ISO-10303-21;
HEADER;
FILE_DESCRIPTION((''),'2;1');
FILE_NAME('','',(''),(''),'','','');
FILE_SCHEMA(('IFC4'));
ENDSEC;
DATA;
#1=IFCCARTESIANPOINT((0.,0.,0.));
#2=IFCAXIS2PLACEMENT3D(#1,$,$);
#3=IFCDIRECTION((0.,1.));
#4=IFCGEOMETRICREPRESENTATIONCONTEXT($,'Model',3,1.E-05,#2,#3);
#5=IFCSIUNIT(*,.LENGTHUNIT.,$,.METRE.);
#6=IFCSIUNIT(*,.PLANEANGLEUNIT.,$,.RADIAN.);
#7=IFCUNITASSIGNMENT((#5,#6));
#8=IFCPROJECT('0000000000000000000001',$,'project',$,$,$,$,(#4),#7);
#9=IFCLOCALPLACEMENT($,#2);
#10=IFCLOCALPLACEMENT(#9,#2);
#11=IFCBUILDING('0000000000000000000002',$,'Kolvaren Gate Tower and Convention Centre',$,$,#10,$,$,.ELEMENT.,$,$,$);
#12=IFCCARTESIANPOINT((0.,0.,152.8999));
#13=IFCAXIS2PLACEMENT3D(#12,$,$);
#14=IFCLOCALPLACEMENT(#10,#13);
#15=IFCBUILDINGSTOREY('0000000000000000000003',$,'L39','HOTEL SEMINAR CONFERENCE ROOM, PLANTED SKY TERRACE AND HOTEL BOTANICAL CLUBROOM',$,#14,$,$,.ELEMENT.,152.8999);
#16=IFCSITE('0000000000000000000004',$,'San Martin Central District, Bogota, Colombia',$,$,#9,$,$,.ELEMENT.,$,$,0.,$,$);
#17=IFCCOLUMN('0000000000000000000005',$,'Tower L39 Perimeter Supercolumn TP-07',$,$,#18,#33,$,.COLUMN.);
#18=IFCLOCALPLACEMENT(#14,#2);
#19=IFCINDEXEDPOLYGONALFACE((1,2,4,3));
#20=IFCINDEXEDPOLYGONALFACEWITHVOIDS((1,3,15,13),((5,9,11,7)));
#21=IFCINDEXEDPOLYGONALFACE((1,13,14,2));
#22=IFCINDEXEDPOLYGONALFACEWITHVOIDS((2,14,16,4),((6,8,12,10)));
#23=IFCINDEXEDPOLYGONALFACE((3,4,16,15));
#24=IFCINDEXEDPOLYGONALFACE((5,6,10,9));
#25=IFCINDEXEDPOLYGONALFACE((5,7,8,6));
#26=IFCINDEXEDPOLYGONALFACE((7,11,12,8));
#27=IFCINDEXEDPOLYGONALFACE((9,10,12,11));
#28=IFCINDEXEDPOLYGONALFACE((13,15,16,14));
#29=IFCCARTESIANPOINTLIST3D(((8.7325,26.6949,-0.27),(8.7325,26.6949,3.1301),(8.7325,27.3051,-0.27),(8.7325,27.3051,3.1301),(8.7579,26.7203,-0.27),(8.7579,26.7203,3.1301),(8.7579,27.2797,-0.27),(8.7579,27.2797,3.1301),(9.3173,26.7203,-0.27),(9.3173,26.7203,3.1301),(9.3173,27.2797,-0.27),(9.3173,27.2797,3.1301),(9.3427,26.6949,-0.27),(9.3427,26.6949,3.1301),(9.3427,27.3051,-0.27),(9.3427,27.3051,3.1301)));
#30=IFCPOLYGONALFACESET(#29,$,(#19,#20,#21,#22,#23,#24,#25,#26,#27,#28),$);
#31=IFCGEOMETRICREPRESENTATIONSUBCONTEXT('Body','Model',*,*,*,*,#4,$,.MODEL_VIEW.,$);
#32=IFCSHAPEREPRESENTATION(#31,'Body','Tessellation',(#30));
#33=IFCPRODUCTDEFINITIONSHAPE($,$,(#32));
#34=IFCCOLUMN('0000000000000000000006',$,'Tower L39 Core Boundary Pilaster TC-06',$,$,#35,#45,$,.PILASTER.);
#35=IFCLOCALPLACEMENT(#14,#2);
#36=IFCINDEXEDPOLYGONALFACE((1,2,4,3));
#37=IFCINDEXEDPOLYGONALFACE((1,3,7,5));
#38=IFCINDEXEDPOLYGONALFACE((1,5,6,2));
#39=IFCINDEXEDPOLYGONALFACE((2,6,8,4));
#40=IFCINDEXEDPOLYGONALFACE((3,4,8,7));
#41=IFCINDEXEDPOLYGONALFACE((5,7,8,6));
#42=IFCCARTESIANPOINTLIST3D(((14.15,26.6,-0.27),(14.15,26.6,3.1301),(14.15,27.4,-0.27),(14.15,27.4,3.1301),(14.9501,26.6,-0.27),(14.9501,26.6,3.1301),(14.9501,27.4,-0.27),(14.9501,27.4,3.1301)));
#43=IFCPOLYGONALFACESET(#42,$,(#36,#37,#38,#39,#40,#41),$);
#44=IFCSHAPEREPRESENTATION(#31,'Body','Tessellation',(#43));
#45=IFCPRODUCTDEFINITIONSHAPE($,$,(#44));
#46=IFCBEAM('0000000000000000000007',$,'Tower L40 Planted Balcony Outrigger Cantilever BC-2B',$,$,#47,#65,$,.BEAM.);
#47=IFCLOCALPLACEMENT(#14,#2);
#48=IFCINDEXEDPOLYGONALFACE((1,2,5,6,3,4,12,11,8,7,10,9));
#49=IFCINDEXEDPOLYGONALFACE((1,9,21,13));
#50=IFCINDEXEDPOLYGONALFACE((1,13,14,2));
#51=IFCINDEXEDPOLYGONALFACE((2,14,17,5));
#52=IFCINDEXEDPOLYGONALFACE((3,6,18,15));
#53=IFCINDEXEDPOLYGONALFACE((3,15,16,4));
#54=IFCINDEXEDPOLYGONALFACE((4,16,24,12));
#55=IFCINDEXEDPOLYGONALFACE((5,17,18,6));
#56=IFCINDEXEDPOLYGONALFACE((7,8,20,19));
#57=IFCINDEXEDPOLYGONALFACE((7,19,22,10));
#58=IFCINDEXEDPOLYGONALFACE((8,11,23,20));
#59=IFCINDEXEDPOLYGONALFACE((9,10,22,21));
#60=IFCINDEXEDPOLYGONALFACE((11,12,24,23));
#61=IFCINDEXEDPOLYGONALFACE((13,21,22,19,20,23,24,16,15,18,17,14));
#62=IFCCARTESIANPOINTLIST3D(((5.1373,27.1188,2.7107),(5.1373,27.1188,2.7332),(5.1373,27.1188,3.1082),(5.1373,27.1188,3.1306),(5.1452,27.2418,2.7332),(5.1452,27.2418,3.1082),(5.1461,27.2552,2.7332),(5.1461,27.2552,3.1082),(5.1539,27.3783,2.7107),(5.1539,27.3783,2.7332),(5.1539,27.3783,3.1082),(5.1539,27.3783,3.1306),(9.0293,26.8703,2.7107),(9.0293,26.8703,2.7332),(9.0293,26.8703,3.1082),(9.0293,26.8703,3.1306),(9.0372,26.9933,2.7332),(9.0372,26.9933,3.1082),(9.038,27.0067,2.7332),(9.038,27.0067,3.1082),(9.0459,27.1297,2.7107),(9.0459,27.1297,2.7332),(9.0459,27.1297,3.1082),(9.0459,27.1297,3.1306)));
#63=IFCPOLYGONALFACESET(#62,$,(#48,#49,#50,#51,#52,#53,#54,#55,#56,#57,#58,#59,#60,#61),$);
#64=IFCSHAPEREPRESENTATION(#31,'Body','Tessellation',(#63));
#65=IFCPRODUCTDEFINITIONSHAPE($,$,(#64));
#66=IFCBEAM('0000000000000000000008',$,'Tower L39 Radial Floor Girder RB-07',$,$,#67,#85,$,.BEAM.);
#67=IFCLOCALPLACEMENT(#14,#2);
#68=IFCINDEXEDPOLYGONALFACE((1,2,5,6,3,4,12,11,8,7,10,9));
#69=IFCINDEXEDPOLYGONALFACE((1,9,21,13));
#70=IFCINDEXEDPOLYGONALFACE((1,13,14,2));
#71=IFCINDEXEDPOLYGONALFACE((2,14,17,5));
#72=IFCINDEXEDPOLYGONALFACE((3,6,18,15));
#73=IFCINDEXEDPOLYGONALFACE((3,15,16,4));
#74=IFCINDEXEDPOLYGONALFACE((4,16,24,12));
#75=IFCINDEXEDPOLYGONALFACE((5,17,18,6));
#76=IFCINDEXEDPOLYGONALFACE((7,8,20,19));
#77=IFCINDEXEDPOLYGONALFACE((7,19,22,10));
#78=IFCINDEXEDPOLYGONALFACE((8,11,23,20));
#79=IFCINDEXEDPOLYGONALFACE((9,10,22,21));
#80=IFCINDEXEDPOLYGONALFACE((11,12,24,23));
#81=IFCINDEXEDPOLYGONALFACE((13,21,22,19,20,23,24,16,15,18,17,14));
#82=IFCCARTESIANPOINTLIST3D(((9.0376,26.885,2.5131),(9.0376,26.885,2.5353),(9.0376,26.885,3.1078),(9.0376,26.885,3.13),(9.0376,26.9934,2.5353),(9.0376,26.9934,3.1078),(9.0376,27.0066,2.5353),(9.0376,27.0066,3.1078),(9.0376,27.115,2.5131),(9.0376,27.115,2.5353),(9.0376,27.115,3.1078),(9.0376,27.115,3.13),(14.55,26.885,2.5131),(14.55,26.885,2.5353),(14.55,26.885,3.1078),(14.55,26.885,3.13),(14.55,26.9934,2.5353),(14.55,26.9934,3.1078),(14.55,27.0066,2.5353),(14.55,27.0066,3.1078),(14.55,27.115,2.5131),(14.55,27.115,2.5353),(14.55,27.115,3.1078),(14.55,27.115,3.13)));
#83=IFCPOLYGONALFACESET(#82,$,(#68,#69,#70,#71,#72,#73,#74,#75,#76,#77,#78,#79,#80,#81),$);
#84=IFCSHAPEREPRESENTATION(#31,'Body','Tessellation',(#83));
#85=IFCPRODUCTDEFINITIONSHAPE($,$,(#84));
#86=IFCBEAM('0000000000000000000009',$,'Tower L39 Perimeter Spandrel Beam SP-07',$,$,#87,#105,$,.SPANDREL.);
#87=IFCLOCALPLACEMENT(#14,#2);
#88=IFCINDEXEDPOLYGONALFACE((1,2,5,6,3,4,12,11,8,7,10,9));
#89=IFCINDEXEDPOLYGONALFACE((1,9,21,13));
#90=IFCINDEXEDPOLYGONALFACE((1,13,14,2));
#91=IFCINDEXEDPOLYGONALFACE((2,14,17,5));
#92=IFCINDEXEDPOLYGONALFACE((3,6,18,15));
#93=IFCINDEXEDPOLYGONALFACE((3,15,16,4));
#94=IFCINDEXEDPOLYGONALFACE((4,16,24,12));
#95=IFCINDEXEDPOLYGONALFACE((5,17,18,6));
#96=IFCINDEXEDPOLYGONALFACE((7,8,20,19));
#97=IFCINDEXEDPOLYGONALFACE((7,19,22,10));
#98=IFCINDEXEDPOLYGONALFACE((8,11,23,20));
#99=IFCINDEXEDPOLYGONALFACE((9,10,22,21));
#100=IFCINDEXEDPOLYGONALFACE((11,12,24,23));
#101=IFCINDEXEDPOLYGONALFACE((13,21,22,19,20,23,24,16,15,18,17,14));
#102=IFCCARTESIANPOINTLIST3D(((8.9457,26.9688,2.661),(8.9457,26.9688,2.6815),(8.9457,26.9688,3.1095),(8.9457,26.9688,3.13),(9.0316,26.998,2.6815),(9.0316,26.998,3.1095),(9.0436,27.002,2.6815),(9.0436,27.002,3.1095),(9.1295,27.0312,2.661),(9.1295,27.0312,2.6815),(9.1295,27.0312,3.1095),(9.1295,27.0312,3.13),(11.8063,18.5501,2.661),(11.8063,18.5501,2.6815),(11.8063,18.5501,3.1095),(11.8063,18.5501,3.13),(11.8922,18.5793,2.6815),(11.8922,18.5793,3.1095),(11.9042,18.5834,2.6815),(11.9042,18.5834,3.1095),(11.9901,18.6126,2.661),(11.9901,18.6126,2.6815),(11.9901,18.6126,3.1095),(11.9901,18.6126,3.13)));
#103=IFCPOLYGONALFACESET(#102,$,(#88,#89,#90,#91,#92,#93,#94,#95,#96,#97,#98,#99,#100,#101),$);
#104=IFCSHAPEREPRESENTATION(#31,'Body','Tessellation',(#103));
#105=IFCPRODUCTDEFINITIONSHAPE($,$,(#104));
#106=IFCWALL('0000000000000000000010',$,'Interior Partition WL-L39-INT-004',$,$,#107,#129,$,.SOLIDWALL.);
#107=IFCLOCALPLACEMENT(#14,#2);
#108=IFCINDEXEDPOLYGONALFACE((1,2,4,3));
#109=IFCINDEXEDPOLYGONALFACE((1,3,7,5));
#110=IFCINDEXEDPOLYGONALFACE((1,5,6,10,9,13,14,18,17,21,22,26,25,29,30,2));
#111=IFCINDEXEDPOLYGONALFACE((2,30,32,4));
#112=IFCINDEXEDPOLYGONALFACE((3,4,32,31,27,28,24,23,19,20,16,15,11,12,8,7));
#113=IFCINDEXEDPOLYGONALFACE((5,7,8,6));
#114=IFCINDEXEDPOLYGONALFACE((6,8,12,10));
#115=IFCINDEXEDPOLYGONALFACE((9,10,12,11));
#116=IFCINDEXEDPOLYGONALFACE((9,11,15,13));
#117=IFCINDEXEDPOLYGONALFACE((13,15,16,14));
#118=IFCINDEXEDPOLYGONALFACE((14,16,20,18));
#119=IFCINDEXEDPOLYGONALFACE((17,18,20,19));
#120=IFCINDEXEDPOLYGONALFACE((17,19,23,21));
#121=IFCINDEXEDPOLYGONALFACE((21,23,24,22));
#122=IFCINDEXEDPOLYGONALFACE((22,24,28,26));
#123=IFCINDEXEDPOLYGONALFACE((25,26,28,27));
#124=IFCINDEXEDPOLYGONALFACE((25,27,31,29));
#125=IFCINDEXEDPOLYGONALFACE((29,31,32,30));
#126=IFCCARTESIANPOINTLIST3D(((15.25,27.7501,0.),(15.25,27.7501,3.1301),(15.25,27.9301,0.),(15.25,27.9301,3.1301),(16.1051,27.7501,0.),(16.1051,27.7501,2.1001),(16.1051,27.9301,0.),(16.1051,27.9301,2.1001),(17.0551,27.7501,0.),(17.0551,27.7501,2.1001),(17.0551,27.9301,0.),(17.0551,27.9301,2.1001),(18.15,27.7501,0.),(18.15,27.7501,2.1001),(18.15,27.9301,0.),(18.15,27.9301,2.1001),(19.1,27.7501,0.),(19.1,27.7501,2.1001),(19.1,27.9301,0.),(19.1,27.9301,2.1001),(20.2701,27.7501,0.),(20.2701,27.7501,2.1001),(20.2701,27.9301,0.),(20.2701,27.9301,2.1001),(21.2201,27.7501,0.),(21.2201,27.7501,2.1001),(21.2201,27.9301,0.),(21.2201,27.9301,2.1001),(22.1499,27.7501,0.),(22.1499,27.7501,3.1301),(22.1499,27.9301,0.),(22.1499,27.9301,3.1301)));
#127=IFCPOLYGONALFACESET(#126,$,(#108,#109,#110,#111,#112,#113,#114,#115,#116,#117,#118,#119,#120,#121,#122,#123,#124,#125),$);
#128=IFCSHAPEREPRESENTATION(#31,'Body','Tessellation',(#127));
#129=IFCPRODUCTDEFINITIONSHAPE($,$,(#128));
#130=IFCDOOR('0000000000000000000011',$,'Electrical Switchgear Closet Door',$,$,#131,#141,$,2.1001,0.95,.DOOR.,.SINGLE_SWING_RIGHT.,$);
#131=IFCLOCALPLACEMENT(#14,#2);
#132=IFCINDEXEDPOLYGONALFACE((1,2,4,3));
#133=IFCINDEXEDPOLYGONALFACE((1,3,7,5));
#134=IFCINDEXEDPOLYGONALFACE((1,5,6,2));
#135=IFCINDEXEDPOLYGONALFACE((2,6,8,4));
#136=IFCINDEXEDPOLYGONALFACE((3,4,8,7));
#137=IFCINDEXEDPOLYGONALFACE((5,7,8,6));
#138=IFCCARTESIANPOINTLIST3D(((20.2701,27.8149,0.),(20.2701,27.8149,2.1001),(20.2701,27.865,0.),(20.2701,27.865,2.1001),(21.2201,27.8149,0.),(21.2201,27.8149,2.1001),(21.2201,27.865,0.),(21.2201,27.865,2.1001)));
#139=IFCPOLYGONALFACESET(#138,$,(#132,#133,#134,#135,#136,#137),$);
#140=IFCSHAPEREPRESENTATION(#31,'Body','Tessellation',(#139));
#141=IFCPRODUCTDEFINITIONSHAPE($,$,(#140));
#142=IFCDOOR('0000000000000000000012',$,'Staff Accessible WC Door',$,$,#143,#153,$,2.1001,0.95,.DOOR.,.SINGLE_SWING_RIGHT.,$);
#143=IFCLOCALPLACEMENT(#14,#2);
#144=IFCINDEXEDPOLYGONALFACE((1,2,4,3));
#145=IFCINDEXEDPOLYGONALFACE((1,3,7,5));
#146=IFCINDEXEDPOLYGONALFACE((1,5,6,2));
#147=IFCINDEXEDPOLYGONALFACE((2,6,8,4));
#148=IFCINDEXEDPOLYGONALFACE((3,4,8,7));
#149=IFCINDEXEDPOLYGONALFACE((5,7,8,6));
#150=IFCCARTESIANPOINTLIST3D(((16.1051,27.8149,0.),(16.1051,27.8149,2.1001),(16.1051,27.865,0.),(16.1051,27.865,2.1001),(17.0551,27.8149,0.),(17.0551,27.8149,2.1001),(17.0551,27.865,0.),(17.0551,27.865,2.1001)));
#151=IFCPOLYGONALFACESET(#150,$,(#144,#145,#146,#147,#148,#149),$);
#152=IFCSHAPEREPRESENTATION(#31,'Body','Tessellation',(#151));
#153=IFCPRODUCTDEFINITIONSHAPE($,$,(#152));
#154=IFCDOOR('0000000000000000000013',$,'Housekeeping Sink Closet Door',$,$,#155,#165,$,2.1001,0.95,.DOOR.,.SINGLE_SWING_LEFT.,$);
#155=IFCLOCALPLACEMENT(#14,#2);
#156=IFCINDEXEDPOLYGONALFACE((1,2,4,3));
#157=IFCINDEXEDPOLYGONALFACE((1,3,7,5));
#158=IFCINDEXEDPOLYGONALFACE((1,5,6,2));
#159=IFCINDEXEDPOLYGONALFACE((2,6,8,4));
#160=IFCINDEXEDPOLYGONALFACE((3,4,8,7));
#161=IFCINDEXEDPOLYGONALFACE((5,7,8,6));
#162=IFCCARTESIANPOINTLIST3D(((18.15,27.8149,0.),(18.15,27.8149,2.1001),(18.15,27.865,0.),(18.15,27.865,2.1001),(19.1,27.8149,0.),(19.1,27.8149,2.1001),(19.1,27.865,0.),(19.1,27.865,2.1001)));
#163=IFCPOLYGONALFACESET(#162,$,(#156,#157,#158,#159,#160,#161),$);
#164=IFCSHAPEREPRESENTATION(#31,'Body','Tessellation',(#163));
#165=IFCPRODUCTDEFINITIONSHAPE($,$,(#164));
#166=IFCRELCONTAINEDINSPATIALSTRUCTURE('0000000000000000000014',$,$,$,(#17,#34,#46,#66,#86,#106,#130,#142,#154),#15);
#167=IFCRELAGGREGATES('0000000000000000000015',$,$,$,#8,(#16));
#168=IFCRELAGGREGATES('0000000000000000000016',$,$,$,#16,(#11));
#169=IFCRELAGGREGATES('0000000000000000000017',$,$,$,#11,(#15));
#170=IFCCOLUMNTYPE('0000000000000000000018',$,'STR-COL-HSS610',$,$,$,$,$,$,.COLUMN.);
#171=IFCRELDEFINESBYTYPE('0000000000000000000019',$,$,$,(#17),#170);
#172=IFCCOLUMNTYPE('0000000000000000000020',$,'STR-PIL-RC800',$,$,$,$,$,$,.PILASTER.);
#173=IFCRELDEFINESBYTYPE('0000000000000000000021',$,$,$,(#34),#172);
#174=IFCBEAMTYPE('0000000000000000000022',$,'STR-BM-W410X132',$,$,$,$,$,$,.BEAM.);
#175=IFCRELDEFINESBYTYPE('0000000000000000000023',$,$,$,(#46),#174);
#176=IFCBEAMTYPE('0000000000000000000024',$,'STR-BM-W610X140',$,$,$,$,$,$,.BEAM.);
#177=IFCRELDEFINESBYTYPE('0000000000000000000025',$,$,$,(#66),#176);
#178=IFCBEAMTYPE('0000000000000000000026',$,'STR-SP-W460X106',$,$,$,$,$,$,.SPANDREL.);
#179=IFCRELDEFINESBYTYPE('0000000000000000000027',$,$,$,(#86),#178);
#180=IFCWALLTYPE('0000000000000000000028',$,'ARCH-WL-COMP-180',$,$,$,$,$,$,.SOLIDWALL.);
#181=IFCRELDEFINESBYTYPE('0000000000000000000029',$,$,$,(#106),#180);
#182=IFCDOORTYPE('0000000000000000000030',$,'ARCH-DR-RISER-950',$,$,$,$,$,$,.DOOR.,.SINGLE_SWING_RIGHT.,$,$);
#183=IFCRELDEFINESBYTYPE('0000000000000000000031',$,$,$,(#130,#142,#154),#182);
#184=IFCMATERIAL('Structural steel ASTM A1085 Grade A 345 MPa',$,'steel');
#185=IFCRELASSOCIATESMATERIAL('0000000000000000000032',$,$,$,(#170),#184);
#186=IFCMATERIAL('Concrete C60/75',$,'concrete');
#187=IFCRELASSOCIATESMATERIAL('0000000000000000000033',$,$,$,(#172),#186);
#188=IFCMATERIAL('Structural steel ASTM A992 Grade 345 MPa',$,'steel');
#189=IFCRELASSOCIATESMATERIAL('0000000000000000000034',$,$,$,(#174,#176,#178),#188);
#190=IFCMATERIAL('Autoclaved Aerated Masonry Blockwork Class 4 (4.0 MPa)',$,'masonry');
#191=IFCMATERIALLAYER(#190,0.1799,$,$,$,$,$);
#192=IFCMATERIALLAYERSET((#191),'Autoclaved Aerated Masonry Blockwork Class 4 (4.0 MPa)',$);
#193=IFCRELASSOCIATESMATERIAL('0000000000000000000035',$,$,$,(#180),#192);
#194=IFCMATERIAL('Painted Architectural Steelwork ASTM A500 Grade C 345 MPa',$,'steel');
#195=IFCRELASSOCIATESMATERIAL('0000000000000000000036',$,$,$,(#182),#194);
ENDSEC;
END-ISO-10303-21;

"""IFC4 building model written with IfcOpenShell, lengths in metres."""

from ifc_helpers import new_model, si_unit, direction, frame, frame_2d, origin, origin_2d, place, context, subcontext, project, spatial, rectangle, hollow_rectangle, i_section, extrude, material, layer, layer_set, material_profile, profile_set, type_object, element, fill, save


model = new_model("IFC4")

# Units and contexts
model_context = context("Model", 3, precision=1e-05, world=origin(), true_north=direction((0.0, 1.0)))
body_context = subcontext(model_context, "Body", "Model", "MODEL_VIEW")
ifc_project = project(units=[si_unit("LENGTHUNIT", "METRE"), si_unit("PLANEANGLEUNIT", "RADIAN")], contexts=[model_context])

# Site, building, storey
site_placement = place(None, origin())
site = spatial("IfcSite", under=ifc_project, at=site_placement, Name="San Martin Central District, Bogota, Colombia", CompositionType="ELEMENT", RefElevation=0.0)
building_placement = place(site_placement, origin())
building = spatial("IfcBuilding", under=site, at=building_placement, Name="Kolvaren Gate Tower and Convention Centre", CompositionType="ELEMENT")
storey_placement = place(building_placement, frame((0.0, 0.0, 152.8999)))
storey = spatial("IfcBuildingStorey", under=building, at=storey_placement, Name="L39", Description="HOTEL SEMINAR CONFERENCE ROOM, PLANTED SKY TERRACE AND HOTEL BOTANICAL CLUBROOM", CompositionType="ELEMENT", Elevation=152.8999)

# Columns
ifc_material_1 = material(Name="Structural steel ASTM A1085 Grade A 345 MPa", Category="steel")
ifc_material_profile_1 = material_profile(ifc_material_1, hollow_rectangle(XDim=0.6101, YDim=0.6101, WallThickness=0.0254, at=origin_2d()), Name="HSS610X610X25.4")
ifc_profile_set_1 = profile_set([ifc_material_profile_1], Name="Structural steel ASTM A1085 Grade A 345 MPa")
column_type_1 = type_object("IfcColumnType", Name="STR-COL-HSS610", PredefinedType="COLUMN", material=ifc_profile_set_1)
column_1_placement = place(storey_placement, frame((9.0376, 27.0, -0.27), z_axis=(0.0, 0.0, 1.0), x_axis=(1.0, 0.0, 0.0)))
element("IfcColumn", 1, at=column_1_placement, inside=storey, type_object=column_type_1, Name="Tower L39 Perimeter Supercolumn TP-07", PredefinedType="COLUMN", context=body_context, shape_type="SweptSolid", body=[
    extrude(hollow_rectangle(XDim=0.6101, YDim=0.6101, WallThickness=0.0254, at=origin_2d()), origin(), (0.0, 0.0, 1.0), 3.4001),
])
ifc_material_2 = material(Name="Concrete C60/75", Category="concrete")
ifc_material_profile_2 = material_profile(ifc_material_2, rectangle(XDim=0.8, YDim=0.8, at=origin_2d()), Name="RC-COL-800X800")
ifc_profile_set_2 = profile_set([ifc_material_profile_2], Name="Concrete C60/75")
column_type_2 = type_object("IfcColumnType", Name="STR-PIL-RC800", PredefinedType="PILASTER", material=ifc_profile_set_2)
column_2_placement = place(storey_placement, frame((14.55, 27.0, -0.27), z_axis=(0.0, 0.0, 1.0), x_axis=(1.0, 0.0, 0.0)))
element("IfcColumn", 2, at=column_2_placement, inside=storey, type_object=column_type_2, Name="Tower L39 Core Boundary Pilaster TC-06", PredefinedType="PILASTER", context=body_context, shape_type="SweptSolid", body=[
    extrude(rectangle(XDim=0.8, YDim=0.8, at=origin_2d()), origin(), (0.0, 0.0, 1.0), 3.4001),
])

# Beams
ifc_material_3 = material(Name="Structural steel ASTM A992 Grade 345 MPa", Category="steel")
ifc_material_profile_3 = material_profile(ifc_material_3, i_section(OverallWidth=0.26, OverallDepth=0.4199, WebThickness=0.0134, FlangeThickness=0.0225, at=origin_2d()), Name="W410X132")
ifc_profile_set_3 = profile_set([ifc_material_profile_3], Name="Structural steel ASTM A992 Grade 345 MPa")
beam_type_1 = type_object("IfcBeamType", Name="STR-BM-W410X132", PredefinedType="BEAM", material=ifc_profile_set_3)
beam_1_placement = place(storey_placement, frame((9.0376, 27.0, 2.9207), z_axis=(-0.997967, 0.063727, 0.0), x_axis=(-0.063727, -0.997967, 0.0)))
element("IfcBeam", 3, at=beam_1_placement, inside=storey, type_object=beam_type_1, Name="Tower L40 Planted Balcony Outrigger Cantilever BC-2B", PredefinedType="BEAM", context=body_context, shape_type="SweptSolid", body=[
    extrude(i_section(OverallWidth=0.26, OverallDepth=0.4199, WebThickness=0.0134, FlangeThickness=0.0225, at=origin_2d()), origin(), (0.0, 0.0, 1.0), 3.8999),
])
ifc_material_profile_4 = material_profile(ifc_material_3, i_section(OverallWidth=0.23, OverallDepth=0.6169, WebThickness=0.0132, FlangeThickness=0.0222, at=origin_2d()), Name="W610X140")
ifc_profile_set_4 = profile_set([ifc_material_profile_4], Name="Structural steel ASTM A992 Grade 345 MPa")
beam_type_2 = type_object("IfcBeamType", Name="STR-BM-W610X140", PredefinedType="BEAM", material=ifc_profile_set_4)
beam_2_placement = place(storey_placement, frame((14.55, 27.0, 2.8215), z_axis=(-1.0, 0.0, 0.0), x_axis=(0.0, -1.0, 0.0)))
element("IfcBeam", 4, at=beam_2_placement, inside=storey, type_object=beam_type_2, Name="Tower L39 Radial Floor Girder RB-07", PredefinedType="BEAM", context=body_context, shape_type="SweptSolid", body=[
    extrude(i_section(OverallWidth=0.23, OverallDepth=0.6169, WebThickness=0.0132, FlangeThickness=0.0222, at=origin_2d()), origin(), (0.0, 0.0, 1.0), 5.5125),
])
ifc_material_profile_5 = material_profile(ifc_material_3, i_section(OverallWidth=0.1941, OverallDepth=0.469, WebThickness=0.0127, FlangeThickness=0.0205, at=origin_2d()), Name="W460X106")
ifc_profile_set_5 = profile_set([ifc_material_profile_5], Name="Structural steel ASTM A992 Grade 345 MPa")
beam_type_3 = type_object("IfcBeamType", Name="STR-SP-W460X106", PredefinedType="SPANDREL", material=ifc_profile_set_5)
beam_3_placement = place(storey_placement, frame((9.0376, 27.0, 2.8955), z_axis=(0.321725, -0.946833, 0.0), x_axis=(0.946833, 0.321725, 0.0)))
element("IfcBeam", 5, at=beam_3_placement, inside=storey, type_object=beam_type_3, Name="Tower L39 Perimeter Spandrel Beam SP-07", PredefinedType="SPANDREL", context=body_context, shape_type="SweptSolid", body=[
    extrude(i_section(OverallWidth=0.1941, OverallDepth=0.469, WebThickness=0.0127, FlangeThickness=0.0205, at=origin_2d()), origin(), (0.0, 0.0, 1.0), 8.8914),
])

# Wall, openings, doors
ifc_material_4 = material(Name="Autoclaved Aerated Masonry Blockwork Class 4 (4.0 MPa)", Category="masonry")
ifc_layer_1 = layer(ifc_material_4, 0.1799)
ifc_layer_set_1 = layer_set([ifc_layer_1], Name="Autoclaved Aerated Masonry Blockwork Class 4 (4.0 MPa)")
wall_type_1 = type_object("IfcWallType", Name="ARCH-WL-COMP-180", PredefinedType="SOLIDWALL", material=ifc_layer_set_1)
wall_1_placement = place(storey_placement, frame((15.25, 27.8401, 0.0), z_axis=(0.0, 0.0, 1.0), x_axis=(1.0, 0.0, 0.0)))
wall_1 = element("IfcWall", 6, at=wall_1_placement, inside=storey, type_object=wall_type_1, Name="Interior Partition WL-L39-INT-004", PredefinedType="SOLIDWALL", context=body_context, shape_type="SweptSolid", body=[
    extrude(rectangle(XDim=6.8999, YDim=0.1799, at=frame_2d((3.45, 0.0))), origin(), (0.0, 0.0, 1.0), 3.1301),
])
opening_1_placement = place(wall_1_placement, frame((5.02, 0.0, 0.0)))
opening_1 = element("IfcOpeningElement", 7, at=opening_1_placement, cuts=wall_1, PredefinedType="OPENING", context=body_context, shape_type="SweptSolid", body=[
    extrude(rectangle(XDim=0.95, YDim=2.1001, at=frame_2d((0.4751, 1.05))), frame((0.0, 0.0999, 0.0), z_axis=(0.0, -1.0, 0.0), x_axis=(1.0, 0.0, 0.0)), (0.0, 0.0, 1.0), 0.2),
])
opening_2_placement = place(wall_1_placement, frame((0.855, 0.0, 0.0)))
opening_2 = element("IfcOpeningElement", 8, at=opening_2_placement, cuts=wall_1, PredefinedType="OPENING", context=body_context, shape_type="SweptSolid", body=[
    extrude(rectangle(XDim=0.95, YDim=2.1001, at=frame_2d((0.4751, 1.05))), frame((0.0, 0.0999, 0.0), z_axis=(0.0, -1.0, 0.0), x_axis=(1.0, 0.0, 0.0)), (0.0, 0.0, 1.0), 0.2),
])
opening_3_placement = place(wall_1_placement, frame((2.8999, 0.0, 0.0)))
opening_3 = element("IfcOpeningElement", 9, at=opening_3_placement, cuts=wall_1, PredefinedType="OPENING", context=body_context, shape_type="SweptSolid", body=[
    extrude(rectangle(XDim=0.95, YDim=2.1001, at=frame_2d((0.4751, 1.05))), frame((0.0, 0.0999, 0.0), z_axis=(0.0, -1.0, 0.0), x_axis=(1.0, 0.0, 0.0)), (0.0, 0.0, 1.0), 0.2),
])
ifc_material_5 = material(Name="Painted Architectural Steelwork ASTM A500 Grade C 345 MPa", Category="steel")
door_type_1 = type_object("IfcDoorType", Name="ARCH-DR-RISER-950", OperationType="SINGLE_SWING_RIGHT", PredefinedType="DOOR", material=ifc_material_5)
door_1_placement = place(opening_1_placement, origin())
door_1 = element("IfcDoor", 10, at=door_1_placement, inside=storey, type_object=door_type_1, Name="Electrical Switchgear Closet Door", OperationType="SINGLE_SWING_RIGHT", OverallHeight=2.1001, OverallWidth=0.95, PredefinedType="DOOR", context=body_context, shape_type="SweptSolid", body=[
    extrude(rectangle(XDim=0.95, YDim=2.1001, at=frame_2d((0.4751, 1.05))), frame((0.0, 0.0249, 0.0), z_axis=(0.0, -1.0, 0.0), x_axis=(1.0, 0.0, 0.0)), (0.0, 0.0, 1.0), 0.05),
])
fill(opening_1, door_1)
door_2_placement = place(opening_2_placement, origin())
door_2 = element("IfcDoor", 11, at=door_2_placement, inside=storey, type_object=door_type_1, Name="Staff Accessible WC Door", OperationType="SINGLE_SWING_RIGHT", OverallHeight=2.1001, OverallWidth=0.95, PredefinedType="DOOR", context=body_context, shape_type="SweptSolid", body=[
    extrude(rectangle(XDim=0.95, YDim=2.1001, at=frame_2d((0.4751, 1.05))), frame((0.0, 0.0249, 0.0), z_axis=(0.0, -1.0, 0.0), x_axis=(1.0, 0.0, 0.0)), (0.0, 0.0, 1.0), 0.05),
])
fill(opening_2, door_2)
door_3_placement = place(opening_3_placement, origin())
door_3 = element("IfcDoor", 12, at=door_3_placement, inside=storey, type_object=door_type_1, Name="Housekeeping Sink Closet Door", OperationType="SINGLE_SWING_LEFT", OverallHeight=2.1001, OverallWidth=0.95, PredefinedType="DOOR", context=body_context, shape_type="SweptSolid", body=[
    extrude(rectangle(XDim=0.95, YDim=2.1001, at=frame_2d((0.4751, 1.05))), frame((0.0, 0.0249, 0.0), z_axis=(0.0, -1.0, 0.0), x_axis=(1.0, 0.0, 0.0)), (0.0, 0.0, 1.0), 0.05),
])
fill(opening_3, door_3)

save(model, "model.ifc")
